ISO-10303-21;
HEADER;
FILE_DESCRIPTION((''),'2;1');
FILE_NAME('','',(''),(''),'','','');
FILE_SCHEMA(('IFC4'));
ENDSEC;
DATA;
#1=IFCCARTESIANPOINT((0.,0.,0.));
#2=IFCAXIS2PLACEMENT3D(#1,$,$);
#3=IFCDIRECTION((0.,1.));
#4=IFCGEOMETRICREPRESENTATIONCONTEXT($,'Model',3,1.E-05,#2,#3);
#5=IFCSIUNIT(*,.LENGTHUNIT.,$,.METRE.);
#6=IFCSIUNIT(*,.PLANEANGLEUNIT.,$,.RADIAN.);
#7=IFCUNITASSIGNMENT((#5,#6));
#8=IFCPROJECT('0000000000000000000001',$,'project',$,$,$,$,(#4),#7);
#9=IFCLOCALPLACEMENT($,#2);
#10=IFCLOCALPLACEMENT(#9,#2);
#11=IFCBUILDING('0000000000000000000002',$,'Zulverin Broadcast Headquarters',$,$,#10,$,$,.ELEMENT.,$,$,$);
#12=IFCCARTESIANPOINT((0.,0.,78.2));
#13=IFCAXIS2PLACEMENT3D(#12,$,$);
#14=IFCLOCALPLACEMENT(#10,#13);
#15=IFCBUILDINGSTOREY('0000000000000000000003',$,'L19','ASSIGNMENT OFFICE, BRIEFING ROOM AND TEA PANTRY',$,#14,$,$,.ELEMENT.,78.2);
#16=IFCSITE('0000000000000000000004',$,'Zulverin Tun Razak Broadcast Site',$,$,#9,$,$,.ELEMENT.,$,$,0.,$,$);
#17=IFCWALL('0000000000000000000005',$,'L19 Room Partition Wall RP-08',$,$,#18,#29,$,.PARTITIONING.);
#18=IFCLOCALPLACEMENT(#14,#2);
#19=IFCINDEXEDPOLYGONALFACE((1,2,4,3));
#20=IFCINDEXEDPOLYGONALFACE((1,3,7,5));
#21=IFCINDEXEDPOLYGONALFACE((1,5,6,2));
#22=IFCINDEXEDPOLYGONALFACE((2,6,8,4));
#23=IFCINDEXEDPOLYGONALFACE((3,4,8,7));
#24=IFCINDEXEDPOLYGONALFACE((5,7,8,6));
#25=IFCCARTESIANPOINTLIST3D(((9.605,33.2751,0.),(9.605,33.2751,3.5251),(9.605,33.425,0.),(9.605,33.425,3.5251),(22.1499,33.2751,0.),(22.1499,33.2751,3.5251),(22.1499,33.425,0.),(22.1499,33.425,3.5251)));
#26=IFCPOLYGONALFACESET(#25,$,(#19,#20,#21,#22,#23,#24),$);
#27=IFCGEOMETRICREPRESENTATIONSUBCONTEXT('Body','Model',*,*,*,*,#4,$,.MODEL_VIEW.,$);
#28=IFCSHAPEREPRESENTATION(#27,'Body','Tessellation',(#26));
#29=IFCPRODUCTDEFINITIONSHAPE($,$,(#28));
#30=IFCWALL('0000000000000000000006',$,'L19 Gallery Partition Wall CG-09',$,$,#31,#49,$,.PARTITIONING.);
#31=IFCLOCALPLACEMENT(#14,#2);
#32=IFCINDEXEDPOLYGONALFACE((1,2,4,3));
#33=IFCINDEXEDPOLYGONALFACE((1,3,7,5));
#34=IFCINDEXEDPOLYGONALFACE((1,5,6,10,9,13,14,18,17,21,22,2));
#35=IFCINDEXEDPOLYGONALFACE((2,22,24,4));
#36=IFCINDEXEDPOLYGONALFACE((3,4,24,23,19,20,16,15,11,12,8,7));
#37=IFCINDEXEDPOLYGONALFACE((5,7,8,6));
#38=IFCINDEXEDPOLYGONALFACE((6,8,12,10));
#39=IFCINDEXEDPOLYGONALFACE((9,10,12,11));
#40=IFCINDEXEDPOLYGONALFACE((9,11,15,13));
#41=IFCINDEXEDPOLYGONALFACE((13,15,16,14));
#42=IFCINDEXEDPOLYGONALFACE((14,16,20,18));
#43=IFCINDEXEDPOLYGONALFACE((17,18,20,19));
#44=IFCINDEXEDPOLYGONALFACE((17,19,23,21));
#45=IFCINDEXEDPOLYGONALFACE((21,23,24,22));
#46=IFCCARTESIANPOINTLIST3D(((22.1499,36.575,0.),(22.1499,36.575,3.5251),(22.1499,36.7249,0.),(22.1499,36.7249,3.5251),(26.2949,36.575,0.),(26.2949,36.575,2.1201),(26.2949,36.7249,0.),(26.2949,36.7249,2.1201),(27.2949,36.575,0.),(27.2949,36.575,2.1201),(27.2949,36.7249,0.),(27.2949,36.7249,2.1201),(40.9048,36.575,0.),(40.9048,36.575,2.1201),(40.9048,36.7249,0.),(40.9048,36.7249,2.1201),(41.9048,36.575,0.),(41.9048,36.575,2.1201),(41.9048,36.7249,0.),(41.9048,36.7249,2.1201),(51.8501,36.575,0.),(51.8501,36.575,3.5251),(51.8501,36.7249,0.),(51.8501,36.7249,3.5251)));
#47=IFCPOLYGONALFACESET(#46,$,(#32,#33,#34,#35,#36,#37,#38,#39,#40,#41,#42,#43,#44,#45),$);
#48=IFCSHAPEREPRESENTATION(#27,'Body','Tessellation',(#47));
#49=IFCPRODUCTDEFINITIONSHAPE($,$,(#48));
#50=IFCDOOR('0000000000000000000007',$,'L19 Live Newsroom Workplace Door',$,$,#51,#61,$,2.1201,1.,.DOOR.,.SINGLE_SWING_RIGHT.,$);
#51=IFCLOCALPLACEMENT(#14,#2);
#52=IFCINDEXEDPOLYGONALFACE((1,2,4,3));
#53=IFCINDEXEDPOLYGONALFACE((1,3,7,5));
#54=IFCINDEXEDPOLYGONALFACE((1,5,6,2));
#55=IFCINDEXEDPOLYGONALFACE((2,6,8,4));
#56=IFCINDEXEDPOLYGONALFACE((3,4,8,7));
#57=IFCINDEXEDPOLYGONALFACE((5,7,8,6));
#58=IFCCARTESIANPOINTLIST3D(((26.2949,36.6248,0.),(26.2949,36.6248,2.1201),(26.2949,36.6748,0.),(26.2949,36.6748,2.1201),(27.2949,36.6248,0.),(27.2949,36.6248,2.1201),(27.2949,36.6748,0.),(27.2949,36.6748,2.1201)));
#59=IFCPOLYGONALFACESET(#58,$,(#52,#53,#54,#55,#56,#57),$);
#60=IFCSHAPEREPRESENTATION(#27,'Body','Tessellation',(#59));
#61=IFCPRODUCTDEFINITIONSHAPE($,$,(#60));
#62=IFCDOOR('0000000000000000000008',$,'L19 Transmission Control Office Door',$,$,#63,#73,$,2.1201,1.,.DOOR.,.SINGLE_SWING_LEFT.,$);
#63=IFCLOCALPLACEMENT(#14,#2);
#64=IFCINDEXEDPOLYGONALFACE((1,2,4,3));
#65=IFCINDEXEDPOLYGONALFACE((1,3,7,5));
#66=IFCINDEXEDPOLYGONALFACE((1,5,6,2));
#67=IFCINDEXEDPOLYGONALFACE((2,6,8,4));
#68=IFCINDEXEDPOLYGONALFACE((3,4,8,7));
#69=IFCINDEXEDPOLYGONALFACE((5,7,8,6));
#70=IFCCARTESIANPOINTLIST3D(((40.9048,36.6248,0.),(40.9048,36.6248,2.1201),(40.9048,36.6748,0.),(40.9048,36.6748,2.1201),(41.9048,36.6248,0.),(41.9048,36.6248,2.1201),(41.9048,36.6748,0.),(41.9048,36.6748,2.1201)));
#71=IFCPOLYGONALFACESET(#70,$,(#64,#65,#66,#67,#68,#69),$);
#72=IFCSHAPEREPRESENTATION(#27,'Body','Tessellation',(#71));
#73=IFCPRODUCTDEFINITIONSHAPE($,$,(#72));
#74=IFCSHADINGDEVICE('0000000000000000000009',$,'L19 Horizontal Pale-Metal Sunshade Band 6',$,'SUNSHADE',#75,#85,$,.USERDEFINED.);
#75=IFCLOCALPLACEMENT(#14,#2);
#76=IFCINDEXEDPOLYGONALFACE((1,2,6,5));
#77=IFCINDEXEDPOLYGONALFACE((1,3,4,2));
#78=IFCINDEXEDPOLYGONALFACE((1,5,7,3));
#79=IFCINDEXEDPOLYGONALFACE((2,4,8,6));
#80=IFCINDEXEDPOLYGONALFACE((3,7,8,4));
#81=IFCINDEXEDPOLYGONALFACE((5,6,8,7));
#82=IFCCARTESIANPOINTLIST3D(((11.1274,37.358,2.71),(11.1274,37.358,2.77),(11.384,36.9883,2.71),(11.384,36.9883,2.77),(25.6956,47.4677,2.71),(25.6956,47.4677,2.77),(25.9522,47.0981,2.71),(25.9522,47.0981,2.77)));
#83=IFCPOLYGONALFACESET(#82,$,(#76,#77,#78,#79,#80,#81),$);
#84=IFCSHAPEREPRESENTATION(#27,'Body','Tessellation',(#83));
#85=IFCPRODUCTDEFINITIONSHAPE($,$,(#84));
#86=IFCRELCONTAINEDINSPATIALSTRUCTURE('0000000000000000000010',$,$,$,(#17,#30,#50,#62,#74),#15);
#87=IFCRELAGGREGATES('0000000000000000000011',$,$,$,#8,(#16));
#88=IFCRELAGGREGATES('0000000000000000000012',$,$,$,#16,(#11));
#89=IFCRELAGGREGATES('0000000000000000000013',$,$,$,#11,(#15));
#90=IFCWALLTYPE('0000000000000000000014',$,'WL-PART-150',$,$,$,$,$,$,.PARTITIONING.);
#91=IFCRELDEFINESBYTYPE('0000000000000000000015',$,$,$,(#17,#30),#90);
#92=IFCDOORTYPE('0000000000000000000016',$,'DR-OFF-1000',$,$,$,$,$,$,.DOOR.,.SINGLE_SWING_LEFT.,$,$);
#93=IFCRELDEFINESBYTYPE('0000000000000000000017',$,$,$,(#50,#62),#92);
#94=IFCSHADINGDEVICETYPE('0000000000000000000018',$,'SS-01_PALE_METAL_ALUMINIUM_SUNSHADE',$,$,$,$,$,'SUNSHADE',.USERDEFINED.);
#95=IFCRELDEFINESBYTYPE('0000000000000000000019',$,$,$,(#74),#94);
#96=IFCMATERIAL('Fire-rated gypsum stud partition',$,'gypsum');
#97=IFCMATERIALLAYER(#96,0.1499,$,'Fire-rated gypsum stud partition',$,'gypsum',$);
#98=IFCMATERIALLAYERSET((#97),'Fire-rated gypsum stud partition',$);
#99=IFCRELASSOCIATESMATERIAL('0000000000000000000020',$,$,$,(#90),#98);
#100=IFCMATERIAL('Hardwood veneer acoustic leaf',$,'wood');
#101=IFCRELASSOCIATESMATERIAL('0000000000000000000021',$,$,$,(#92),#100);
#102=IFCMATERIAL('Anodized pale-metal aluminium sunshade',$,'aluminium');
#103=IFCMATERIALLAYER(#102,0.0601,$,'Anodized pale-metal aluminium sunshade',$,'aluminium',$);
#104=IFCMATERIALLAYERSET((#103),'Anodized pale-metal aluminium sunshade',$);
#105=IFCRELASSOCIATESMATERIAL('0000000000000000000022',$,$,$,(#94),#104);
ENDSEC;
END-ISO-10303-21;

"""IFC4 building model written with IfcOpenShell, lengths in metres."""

from ifc_helpers import new_model, si_unit, direction, frame, frame_2d, origin, origin_2d, place, context, subcontext, project, spatial, rectangle, extrude, material, layer, layer_set, type_object, element, fill, save


model = new_model("IFC4")

# Units and contexts
model_context = context("Model", 3, precision=1e-05, world=origin(), true_north=direction((0.0, 1.0)))
body_context = subcontext(model_context, "Body", "Model", "MODEL_VIEW")
ifc_project = project(units=[si_unit("LENGTHUNIT", "METRE"), si_unit("PLANEANGLEUNIT", "RADIAN")], contexts=[model_context])

# Site, building, storey
site_placement = place(None, origin())
site = spatial("IfcSite", under=ifc_project, at=site_placement, Name="Zulverin Tun Razak Broadcast Site", CompositionType="ELEMENT", RefElevation=0.0)
building_placement = place(site_placement, origin())
building = spatial("IfcBuilding", under=site, at=building_placement, Name="Zulverin Broadcast Headquarters", CompositionType="ELEMENT")
storey_placement = place(building_placement, frame((0.0, 0.0, 78.2)))
storey = spatial("IfcBuildingStorey", under=building, at=storey_placement, Name="L19", Description="ASSIGNMENT OFFICE, BRIEFING ROOM AND TEA PANTRY", CompositionType="ELEMENT", Elevation=78.2)

# Wall
ifc_material_1 = material(Name="Fire-rated gypsum stud partition", Category="gypsum")
ifc_layer_1 = layer(ifc_material_1, 0.1499, Name="Fire-rated gypsum stud partition", Category="gypsum")
ifc_layer_set_1 = layer_set([ifc_layer_1], Name="Fire-rated gypsum stud partition")
wall_type_1 = type_object("IfcWallType", Name="WL-PART-150", PredefinedType="PARTITIONING", material=ifc_layer_set_1)
wall_1_placement = place(storey_placement, frame((9.605, 33.3501, 0.0), z_axis=(0.0, 0.0, 1.0), x_axis=(1.0, 0.0, 0.0)))
element("IfcWall", 1, at=wall_1_placement, inside=storey, type_object=wall_type_1, Name="L19 Room Partition Wall RP-08", PredefinedType="PARTITIONING", context=body_context, shape_type="SweptSolid", body=[
    extrude(rectangle(XDim=12.5449, YDim=0.1499, at=frame_2d((6.2725, 0.0))), origin(), (0.0, 0.0, 1.0), 3.5251),
])

# Wall, openings, doors
wall_2_placement = place(storey_placement, frame((22.1499, 36.6499, 0.0), z_axis=(0.0, 0.0, 1.0), x_axis=(1.0, 0.0, 0.0)))
wall_2 = element("IfcWall", 2, at=wall_2_placement, inside=storey, type_object=wall_type_1, Name="L19 Gallery Partition Wall CG-09", PredefinedType="PARTITIONING", context=body_context, shape_type="SweptSolid", body=[
    extrude(rectangle(XDim=29.7002, YDim=0.1499, at=frame_2d((14.8501, 0.0))), origin(), (0.0, 0.0, 1.0), 3.5251),
])
opening_1_placement = place(wall_2_placement, frame((4.145, 0.0, 0.0)))
opening_1 = element("IfcOpeningElement", 3, at=opening_1_placement, cuts=wall_2, PredefinedType="OPENING", context=body_context, shape_type="SweptSolid", body=[
    extrude(rectangle(XDim=1.0, YDim=2.1201, at=frame_2d((0.5, 1.0601))), frame((0.0, 0.085, 0.0), z_axis=(0.0, -1.0, 0.0), x_axis=(1.0, 0.0, 0.0)), (0.0, 0.0, 1.0), 0.1699),
])
opening_2_placement = place(wall_2_placement, frame((18.7549, 0.0, 0.0)))
opening_2 = element("IfcOpeningElement", 4, at=opening_2_placement, cuts=wall_2, PredefinedType="OPENING", context=body_context, shape_type="SweptSolid", body=[
    extrude(rectangle(XDim=1.0, YDim=2.1201, at=frame_2d((0.5, 1.0601))), frame((0.0, 0.085, 0.0), z_axis=(0.0, -1.0, 0.0), x_axis=(1.0, 0.0, 0.0)), (0.0, 0.0, 1.0), 0.1699),
])
ifc_material_2 = material(Name="Hardwood veneer acoustic leaf", Category="wood")
door_type_1 = type_object("IfcDoorType", Name="DR-OFF-1000", OperationType="SINGLE_SWING_LEFT", PredefinedType="DOOR", material=ifc_material_2)
door_1_placement = place(opening_1_placement, origin())
door_1 = element("IfcDoor", 5, at=door_1_placement, inside=storey, type_object=door_type_1, Name="L19 Live Newsroom Workplace Door", OperationType="SINGLE_SWING_RIGHT", OverallHeight=2.1201, OverallWidth=1.0, PredefinedType="DOOR", context=body_context, shape_type="SweptSolid", body=[
    extrude(rectangle(XDim=1.0, YDim=2.1201, at=frame_2d((0.5, 1.0601))), frame((0.0, 0.0249, 0.0), z_axis=(0.0, -1.0, 0.0), x_axis=(1.0, 0.0, 0.0)), (0.0, 0.0, 1.0), 0.05),
])
fill(opening_1, door_1)
door_2_placement = place(opening_2_placement, origin())
door_2 = element("IfcDoor", 6, at=door_2_placement, inside=storey, type_object=door_type_1, Name="L19 Transmission Control Office Door", OperationType="SINGLE_SWING_LEFT", OverallHeight=2.1201, OverallWidth=1.0, PredefinedType="DOOR", context=body_context, shape_type="SweptSolid", body=[
    extrude(rectangle(XDim=1.0, YDim=2.1201, at=frame_2d((0.5, 1.0601))), frame((0.0, 0.0249, 0.0), z_axis=(0.0, -1.0, 0.0), x_axis=(1.0, 0.0, 0.0)), (0.0, 0.0, 1.0), 0.05),
])
fill(opening_2, door_2)

# Shading device
ifc_material_3 = material(Name="Anodized pale-metal aluminium sunshade", Category="aluminium")
ifc_layer_2 = layer(ifc_material_3, 0.0601, Name="Anodized pale-metal aluminium sunshade", Category="aluminium")
ifc_layer_set_2 = layer_set([ifc_layer_2], Name="Anodized pale-metal aluminium sunshade")
shading_device_type = type_object("IfcShadingDeviceType", Name="SS-01_PALE_METAL_ALUMINIUM_SUNSHADE", ElementType="SUNSHADE", PredefinedType="USERDEFINED", material=ifc_layer_set_2)
shading_device_placement = place(storey_placement, frame((18.5398, 42.228, 2.71), z_axis=(0.0, 0.0, 1.0), x_axis=(-0.821556, -0.570127, 0.0)))
element("IfcShadingDevice", 7, at=shading_device_placement, inside=storey, type_object=shading_device_type, Name="L19 Horizontal Pale-Metal Sunshade Band 6", ObjectType="SUNSHADE", PredefinedType="USERDEFINED", context=body_context, shape_type="SweptSolid", body=[
    extrude(rectangle(XDim=17.7324, YDim=0.45, at=origin_2d()), origin(), (0.0, 0.0, 1.0), 0.0601),
])

save(model, "model.ifc")
